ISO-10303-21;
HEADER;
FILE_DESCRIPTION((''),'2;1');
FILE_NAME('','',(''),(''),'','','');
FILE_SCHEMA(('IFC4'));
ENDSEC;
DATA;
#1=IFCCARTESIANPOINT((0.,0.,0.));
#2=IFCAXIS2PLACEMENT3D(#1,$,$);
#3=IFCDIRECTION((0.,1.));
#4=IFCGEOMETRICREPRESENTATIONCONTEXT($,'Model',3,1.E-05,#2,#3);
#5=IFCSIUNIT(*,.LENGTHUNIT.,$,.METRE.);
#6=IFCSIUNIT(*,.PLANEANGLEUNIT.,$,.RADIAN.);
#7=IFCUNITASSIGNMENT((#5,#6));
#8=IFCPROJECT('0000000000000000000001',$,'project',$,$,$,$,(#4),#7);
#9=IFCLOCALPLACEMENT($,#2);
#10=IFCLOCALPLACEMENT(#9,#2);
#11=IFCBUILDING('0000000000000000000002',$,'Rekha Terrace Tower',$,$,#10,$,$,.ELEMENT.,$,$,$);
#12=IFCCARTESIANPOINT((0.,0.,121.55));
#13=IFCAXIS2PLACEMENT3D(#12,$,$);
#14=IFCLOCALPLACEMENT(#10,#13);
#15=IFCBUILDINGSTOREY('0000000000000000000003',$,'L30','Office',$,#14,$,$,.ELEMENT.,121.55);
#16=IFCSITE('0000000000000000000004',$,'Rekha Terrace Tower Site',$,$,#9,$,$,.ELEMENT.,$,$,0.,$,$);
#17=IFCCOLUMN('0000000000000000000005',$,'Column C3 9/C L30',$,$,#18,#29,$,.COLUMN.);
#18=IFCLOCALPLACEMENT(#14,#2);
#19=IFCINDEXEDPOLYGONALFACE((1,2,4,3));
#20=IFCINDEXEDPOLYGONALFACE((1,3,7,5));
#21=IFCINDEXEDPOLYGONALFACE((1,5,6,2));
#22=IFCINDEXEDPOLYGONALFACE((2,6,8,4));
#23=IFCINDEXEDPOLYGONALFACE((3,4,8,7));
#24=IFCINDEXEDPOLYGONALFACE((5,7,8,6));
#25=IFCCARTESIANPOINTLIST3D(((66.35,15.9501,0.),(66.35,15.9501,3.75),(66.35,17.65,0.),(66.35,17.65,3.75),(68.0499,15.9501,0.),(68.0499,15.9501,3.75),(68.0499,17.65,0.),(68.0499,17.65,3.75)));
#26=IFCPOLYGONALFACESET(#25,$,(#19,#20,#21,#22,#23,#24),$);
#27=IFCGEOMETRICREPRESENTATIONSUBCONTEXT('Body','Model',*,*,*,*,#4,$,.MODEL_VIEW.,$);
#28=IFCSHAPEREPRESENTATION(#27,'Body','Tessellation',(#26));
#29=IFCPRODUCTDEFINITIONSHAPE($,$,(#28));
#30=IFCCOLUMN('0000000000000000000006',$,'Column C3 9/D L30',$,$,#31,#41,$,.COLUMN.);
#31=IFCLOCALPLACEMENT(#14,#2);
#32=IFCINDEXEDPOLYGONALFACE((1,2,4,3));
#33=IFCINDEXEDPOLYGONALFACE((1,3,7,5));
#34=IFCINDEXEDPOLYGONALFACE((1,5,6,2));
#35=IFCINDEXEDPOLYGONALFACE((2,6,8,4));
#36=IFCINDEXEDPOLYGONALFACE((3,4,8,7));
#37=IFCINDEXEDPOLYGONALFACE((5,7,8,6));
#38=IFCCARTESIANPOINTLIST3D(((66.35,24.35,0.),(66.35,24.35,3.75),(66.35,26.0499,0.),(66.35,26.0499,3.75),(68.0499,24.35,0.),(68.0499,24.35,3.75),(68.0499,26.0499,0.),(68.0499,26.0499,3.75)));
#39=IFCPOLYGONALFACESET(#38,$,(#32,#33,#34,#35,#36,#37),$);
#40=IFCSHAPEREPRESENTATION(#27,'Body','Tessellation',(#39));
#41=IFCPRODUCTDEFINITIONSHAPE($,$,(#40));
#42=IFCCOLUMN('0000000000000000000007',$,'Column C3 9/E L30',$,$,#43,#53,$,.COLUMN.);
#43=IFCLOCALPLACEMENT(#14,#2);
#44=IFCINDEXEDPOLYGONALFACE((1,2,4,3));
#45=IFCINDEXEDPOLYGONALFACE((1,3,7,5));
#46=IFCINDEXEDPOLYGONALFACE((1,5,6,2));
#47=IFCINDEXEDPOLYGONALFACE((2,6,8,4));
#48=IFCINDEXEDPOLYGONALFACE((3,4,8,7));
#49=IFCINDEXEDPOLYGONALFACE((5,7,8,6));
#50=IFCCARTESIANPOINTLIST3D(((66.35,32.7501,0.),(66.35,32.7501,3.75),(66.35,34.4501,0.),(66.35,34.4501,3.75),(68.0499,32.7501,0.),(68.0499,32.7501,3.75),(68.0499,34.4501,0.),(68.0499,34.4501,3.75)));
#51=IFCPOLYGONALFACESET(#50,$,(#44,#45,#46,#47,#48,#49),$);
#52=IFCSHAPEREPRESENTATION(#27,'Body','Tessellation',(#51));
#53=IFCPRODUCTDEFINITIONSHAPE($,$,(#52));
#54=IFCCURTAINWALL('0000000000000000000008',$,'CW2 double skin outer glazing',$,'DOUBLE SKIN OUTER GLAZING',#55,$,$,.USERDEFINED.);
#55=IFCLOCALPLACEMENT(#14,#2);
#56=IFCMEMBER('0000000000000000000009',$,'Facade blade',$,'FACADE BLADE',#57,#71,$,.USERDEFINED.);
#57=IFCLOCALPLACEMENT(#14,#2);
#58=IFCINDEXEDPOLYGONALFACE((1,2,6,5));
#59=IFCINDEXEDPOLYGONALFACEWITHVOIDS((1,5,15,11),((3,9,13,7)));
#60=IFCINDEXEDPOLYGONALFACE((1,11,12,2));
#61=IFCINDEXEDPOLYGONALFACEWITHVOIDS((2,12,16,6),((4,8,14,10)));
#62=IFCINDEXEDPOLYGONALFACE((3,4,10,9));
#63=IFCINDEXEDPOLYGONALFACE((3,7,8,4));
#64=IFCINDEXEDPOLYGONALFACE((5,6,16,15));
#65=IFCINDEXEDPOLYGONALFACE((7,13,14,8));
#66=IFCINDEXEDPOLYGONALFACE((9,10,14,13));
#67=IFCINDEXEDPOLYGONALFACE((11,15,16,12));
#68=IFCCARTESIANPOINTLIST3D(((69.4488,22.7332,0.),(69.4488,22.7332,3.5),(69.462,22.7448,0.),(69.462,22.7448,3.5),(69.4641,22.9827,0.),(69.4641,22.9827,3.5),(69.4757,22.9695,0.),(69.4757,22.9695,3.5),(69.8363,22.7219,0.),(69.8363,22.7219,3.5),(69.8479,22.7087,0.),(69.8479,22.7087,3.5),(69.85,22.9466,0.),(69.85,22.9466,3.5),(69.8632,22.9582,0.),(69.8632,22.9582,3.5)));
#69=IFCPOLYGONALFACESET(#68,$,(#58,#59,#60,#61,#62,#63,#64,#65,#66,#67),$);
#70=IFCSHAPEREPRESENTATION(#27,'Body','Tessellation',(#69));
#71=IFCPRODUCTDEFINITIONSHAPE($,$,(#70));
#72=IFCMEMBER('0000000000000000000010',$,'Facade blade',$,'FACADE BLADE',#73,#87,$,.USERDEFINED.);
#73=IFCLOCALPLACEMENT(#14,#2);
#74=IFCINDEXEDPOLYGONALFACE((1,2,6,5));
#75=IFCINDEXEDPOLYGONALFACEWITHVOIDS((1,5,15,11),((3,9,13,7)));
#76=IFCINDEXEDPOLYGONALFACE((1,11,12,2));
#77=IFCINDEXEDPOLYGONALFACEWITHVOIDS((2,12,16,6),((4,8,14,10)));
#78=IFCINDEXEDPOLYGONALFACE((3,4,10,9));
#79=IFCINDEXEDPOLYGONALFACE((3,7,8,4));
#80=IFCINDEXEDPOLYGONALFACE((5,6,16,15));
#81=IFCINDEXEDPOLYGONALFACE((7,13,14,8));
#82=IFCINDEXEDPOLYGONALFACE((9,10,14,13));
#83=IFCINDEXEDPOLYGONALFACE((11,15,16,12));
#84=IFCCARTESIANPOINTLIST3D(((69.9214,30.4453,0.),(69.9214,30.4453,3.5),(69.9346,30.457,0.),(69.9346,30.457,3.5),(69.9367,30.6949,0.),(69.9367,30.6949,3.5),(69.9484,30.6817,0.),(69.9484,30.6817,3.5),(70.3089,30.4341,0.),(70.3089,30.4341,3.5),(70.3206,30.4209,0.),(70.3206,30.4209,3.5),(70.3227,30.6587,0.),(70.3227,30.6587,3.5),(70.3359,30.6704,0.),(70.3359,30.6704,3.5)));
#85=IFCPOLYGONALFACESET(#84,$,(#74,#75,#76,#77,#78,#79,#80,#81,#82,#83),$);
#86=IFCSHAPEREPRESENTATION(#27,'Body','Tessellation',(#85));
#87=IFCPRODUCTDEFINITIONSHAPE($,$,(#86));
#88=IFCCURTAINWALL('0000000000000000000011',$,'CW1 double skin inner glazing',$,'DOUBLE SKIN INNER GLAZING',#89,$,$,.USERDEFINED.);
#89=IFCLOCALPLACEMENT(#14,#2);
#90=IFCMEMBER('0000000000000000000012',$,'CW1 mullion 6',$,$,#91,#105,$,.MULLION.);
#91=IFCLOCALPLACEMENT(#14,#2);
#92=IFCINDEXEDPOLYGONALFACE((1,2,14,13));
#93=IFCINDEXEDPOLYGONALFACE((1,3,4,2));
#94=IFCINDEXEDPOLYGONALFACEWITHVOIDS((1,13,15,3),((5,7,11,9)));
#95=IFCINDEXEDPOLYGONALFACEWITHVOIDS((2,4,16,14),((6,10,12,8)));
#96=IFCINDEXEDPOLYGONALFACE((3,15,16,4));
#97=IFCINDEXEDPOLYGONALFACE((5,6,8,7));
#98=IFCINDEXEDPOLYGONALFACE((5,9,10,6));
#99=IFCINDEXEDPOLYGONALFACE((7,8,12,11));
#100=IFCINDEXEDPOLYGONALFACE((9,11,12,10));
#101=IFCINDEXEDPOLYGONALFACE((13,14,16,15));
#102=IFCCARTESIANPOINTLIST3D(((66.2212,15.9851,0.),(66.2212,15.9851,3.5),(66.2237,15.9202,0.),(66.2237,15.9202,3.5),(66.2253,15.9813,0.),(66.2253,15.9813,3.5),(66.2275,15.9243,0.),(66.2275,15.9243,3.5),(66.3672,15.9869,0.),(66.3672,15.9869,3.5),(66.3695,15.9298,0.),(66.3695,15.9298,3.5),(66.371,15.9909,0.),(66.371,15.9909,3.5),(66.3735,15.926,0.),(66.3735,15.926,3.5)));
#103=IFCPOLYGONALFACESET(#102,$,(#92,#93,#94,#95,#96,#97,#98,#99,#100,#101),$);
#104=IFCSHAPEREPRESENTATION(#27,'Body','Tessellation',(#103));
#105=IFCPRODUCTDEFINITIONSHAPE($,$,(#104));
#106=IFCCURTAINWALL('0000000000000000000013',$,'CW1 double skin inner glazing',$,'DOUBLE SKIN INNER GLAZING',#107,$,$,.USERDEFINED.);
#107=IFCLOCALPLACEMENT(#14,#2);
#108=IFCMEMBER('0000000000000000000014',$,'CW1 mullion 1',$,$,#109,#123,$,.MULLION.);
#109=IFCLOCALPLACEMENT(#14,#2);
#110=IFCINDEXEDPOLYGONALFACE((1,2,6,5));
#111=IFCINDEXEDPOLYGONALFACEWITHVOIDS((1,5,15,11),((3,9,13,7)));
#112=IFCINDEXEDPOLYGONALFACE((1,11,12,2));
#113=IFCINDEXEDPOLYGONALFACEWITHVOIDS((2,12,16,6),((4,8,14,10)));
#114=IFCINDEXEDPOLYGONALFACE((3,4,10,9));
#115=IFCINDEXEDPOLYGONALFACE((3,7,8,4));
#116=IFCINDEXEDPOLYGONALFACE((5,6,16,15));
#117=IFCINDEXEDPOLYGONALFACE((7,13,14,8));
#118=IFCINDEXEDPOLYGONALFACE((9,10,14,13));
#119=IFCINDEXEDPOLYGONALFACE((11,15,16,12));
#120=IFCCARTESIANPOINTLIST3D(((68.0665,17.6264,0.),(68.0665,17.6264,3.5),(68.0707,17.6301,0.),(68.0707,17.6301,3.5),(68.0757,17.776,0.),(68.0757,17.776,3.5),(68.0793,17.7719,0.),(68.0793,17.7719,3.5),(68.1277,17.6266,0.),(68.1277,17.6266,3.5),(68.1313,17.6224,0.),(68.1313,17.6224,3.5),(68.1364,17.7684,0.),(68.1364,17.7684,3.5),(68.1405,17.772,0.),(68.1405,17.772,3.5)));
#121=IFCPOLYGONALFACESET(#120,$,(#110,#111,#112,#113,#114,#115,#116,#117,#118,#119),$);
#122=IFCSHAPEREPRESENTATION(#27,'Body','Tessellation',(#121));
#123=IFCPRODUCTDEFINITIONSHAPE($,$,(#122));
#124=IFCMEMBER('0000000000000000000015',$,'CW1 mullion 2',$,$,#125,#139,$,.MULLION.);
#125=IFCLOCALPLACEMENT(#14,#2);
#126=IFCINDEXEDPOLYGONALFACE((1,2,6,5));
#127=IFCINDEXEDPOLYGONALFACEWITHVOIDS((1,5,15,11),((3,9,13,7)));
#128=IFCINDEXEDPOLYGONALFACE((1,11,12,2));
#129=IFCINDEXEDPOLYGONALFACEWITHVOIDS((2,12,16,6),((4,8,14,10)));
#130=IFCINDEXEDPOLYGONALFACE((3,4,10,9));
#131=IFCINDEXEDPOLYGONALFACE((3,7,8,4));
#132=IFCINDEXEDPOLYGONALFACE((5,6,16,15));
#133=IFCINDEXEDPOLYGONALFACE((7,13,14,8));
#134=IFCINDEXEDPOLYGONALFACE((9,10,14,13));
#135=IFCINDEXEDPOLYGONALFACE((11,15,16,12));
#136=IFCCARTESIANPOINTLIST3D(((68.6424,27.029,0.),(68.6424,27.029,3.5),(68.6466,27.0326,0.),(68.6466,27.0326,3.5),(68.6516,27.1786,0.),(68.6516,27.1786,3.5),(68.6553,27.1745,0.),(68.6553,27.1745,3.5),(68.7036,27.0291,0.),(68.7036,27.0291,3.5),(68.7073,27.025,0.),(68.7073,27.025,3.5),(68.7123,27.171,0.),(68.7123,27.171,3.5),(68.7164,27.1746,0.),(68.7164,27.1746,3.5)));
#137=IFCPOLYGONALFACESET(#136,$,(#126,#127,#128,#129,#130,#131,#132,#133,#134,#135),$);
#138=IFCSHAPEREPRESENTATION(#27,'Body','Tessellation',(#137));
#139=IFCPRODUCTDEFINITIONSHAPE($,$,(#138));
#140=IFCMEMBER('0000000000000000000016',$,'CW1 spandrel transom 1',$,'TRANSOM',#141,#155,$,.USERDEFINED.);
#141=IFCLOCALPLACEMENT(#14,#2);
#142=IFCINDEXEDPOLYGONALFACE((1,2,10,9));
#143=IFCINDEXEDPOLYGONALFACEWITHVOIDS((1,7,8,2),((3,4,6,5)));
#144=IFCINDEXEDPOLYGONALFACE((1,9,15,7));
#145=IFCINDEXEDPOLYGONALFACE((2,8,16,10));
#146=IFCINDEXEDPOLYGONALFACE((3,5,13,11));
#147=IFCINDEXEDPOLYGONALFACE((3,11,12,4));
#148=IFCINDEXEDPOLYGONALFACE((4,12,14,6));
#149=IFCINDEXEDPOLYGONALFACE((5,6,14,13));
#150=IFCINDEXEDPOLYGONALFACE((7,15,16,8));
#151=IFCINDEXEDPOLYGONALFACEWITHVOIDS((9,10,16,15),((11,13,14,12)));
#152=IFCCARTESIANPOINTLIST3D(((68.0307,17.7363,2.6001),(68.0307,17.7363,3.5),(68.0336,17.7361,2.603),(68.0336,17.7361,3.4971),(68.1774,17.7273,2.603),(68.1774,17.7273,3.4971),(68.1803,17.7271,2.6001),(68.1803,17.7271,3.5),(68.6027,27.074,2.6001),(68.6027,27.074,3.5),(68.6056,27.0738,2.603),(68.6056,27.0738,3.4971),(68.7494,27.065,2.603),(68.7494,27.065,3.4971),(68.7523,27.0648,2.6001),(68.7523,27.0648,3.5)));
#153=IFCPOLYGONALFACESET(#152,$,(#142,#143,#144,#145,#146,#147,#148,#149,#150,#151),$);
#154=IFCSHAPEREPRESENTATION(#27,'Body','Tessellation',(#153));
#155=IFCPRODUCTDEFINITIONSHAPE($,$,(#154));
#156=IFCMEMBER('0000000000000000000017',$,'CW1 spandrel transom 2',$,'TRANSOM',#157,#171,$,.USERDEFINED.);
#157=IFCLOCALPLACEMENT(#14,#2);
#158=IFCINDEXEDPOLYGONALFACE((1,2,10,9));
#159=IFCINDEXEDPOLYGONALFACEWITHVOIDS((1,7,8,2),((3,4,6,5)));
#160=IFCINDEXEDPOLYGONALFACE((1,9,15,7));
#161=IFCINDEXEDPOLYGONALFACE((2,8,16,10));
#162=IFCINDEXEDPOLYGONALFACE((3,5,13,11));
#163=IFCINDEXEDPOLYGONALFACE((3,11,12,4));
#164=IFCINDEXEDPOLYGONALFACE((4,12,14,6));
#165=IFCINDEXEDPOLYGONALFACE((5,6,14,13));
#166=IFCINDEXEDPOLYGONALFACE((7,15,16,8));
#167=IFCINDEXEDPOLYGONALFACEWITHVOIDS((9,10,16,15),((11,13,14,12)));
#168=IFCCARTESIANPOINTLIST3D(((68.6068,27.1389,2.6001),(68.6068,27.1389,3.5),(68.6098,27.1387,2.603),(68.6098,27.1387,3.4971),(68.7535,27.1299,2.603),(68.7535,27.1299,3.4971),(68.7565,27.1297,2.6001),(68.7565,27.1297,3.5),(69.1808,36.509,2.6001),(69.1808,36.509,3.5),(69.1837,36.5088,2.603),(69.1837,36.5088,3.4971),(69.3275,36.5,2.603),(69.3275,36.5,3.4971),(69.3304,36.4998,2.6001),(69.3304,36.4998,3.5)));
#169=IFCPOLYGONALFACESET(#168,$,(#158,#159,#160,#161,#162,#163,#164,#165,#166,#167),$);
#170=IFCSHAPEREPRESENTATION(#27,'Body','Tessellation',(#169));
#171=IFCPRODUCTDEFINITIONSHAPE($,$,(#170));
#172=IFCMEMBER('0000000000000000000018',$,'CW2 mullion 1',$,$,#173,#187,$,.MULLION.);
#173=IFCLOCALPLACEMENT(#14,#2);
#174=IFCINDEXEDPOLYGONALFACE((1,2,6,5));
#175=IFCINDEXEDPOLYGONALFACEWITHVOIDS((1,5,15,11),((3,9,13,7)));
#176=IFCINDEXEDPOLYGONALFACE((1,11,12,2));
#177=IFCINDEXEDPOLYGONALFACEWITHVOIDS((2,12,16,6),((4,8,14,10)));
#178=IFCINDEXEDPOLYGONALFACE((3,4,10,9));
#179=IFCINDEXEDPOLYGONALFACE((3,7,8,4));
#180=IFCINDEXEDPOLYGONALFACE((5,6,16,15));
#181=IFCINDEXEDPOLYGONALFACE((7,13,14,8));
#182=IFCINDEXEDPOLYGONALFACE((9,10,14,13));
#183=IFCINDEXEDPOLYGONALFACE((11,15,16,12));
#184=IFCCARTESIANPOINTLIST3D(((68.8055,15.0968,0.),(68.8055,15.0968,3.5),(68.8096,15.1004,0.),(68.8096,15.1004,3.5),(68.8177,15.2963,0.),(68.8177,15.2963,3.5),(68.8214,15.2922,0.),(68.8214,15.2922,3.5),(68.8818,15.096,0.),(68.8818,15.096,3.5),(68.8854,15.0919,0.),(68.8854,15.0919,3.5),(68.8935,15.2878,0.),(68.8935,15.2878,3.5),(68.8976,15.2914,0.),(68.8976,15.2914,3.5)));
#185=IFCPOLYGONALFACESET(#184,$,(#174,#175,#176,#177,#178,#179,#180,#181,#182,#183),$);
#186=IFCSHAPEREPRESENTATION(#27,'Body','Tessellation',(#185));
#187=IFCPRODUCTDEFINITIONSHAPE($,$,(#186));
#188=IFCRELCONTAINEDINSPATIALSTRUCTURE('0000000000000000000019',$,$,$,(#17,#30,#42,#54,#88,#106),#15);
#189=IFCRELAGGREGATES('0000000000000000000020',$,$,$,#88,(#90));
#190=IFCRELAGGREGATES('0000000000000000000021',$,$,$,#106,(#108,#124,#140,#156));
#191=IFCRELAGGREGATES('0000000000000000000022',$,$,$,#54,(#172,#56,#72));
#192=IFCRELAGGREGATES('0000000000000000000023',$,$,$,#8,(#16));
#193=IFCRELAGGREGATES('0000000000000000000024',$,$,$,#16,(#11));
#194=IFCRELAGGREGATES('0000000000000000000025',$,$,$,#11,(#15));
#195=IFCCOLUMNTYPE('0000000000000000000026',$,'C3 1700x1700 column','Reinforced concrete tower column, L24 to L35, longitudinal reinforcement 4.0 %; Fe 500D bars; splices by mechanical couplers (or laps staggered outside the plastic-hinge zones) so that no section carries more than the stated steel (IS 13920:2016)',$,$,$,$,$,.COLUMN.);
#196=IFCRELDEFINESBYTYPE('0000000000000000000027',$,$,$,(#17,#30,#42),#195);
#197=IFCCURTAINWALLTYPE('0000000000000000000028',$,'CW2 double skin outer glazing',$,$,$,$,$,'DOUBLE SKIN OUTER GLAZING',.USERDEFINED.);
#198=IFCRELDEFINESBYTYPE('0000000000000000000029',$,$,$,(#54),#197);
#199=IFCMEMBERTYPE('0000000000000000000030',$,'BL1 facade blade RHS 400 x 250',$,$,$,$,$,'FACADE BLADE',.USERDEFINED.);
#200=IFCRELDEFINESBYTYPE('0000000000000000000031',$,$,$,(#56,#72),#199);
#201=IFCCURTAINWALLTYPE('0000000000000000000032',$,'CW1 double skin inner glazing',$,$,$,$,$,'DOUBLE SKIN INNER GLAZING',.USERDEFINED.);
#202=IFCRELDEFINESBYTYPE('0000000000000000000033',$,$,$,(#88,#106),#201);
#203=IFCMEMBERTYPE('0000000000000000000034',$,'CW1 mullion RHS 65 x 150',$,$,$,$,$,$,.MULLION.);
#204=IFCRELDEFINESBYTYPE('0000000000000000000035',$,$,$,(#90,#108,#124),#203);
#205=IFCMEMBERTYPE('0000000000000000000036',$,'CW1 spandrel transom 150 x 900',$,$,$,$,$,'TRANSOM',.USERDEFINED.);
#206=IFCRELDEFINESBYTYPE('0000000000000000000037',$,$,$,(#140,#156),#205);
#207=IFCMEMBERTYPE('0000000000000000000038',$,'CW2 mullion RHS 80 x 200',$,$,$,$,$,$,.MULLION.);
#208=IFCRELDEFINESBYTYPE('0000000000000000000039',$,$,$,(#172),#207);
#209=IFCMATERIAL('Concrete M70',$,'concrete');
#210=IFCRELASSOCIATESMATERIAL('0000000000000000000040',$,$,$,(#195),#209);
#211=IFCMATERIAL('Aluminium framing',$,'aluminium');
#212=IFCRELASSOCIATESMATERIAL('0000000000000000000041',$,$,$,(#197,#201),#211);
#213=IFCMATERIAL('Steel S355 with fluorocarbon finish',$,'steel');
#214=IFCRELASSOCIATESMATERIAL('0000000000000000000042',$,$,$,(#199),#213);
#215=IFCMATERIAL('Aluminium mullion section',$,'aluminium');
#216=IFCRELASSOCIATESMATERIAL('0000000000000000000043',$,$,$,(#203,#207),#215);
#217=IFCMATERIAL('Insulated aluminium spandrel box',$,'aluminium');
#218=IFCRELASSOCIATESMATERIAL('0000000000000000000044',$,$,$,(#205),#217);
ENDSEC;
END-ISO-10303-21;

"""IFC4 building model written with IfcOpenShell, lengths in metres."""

from ifc_helpers import new_model, si_unit, direction, frame, origin, origin_2d, place, context, subcontext, project, spatial, rectangle, hollow_rectangle, extrude, material, material_profile, profile_set, type_object, element, aggregate, save


model = new_model("IFC4")

# Units and contexts
model_context = context("Model", 3, precision=1e-05, world=origin(), true_north=direction((0.0, 1.0)))
body_context = subcontext(model_context, "Body", "Model", "MODEL_VIEW")
ifc_project = project(units=[si_unit("LENGTHUNIT", "METRE"), si_unit("PLANEANGLEUNIT", "RADIAN")], contexts=[model_context])

# Site, building, storey
site_placement = place(None, origin())
site = spatial("IfcSite", under=ifc_project, at=site_placement, Name="Rekha Terrace Tower Site", CompositionType="ELEMENT", RefElevation=0.0)
building_placement = place(site_placement, origin())
building = spatial("IfcBuilding", under=site, at=building_placement, Name="Rekha Terrace Tower", CompositionType="ELEMENT")
storey_placement = place(building_placement, frame((0.0, 0.0, 121.55)))
storey = spatial("IfcBuildingStorey", under=building, at=storey_placement, Name="L30", Description="Office", CompositionType="ELEMENT", Elevation=121.55)

# Columns
ifc_material_1 = material(Name="Concrete M70", Category="concrete")
ifc_material_profile_1 = material_profile(ifc_material_1, rectangle(XDim=1.7, YDim=1.7, at=origin_2d()), Name="RC 1700x1700")
ifc_profile_set_1 = profile_set([ifc_material_profile_1], Name="Concrete M70")
column_type = type_object("IfcColumnType", Name="C3 1700x1700 column", Description="Reinforced concrete tower column, L24 to L35, longitudinal reinforcement 4.0 %; Fe 500D bars; splices by mechanical couplers (or laps staggered outside the plastic-hinge zones) so that no section carries more than the stated steel (IS 13920:2016)", PredefinedType="COLUMN", material=ifc_profile_set_1)
for number, where, z_axis, x_axis, name in (
    (1, (67.2, 16.8, 0.0), (0.0, 0.0, 1.0), (1.0, 0.0, 0.0), "Column C3 9/C L30"),
    (2, (67.2, 25.2, 0.0), (0.0, 0.0, 1.0), (1.0, 0.0, 0.0), "Column C3 9/D L30"),
    (3, (67.2, 33.6001, 0.0), (0.0, 0.0, 1.0), (1.0, 0.0, 0.0), "Column C3 9/E L30"),
):
    element("IfcColumn", number, at=place(storey_placement, frame(where, z_axis=z_axis, x_axis=x_axis)), inside=storey, type_object=column_type, Name=name, PredefinedType="COLUMN", context=body_context, shape_type="SweptSolid", body=[
        extrude(rectangle(XDim=1.7, YDim=1.7, at=origin_2d()), origin(), (0.0, 0.0, 1.0), 3.75),
    ])

# Curtain wall, members
ifc_material_2 = material(Name="Aluminium framing", Category="aluminium")
curtain_wall_type_1 = type_object("IfcCurtainWallType", Name="CW2 double skin outer glazing", ElementType="DOUBLE SKIN OUTER GLAZING", PredefinedType="USERDEFINED", material=ifc_material_2)
curtain_wall_1_placement = place(storey_placement, origin())
curtain_wall_1 = element("IfcCurtainWall", 4, at=curtain_wall_1_placement, inside=storey, type_object=curtain_wall_type_1, Name="CW2 double skin outer glazing", ObjectType="DOUBLE SKIN OUTER GLAZING", PredefinedType="USERDEFINED")
ifc_material_3 = material(Name="Steel S355 with fluorocarbon finish", Category="steel")
ifc_material_profile_2 = material_profile(ifc_material_3, hollow_rectangle(XDim=0.25, YDim=0.3999, WallThickness=0.0125, at=origin_2d()), Name="RHS400x250x12.5")
ifc_profile_set_2 = profile_set([ifc_material_profile_2], Name="Steel S355 with fluorocarbon finish")
member_type_1 = type_object("IfcMemberType", Name="BL1 facade blade RHS 400 x 250", ElementType="FACADE BLADE", PredefinedType="USERDEFINED", material=ifc_profile_set_2)
member_1_placement = place(storey_placement, frame((69.656, 22.8457, 0.0), z_axis=(0.0, 0.0, 1.0), x_axis=(0.06116, 0.998128, 0.0)))
member_1 = element("IfcMember", 5, at=member_1_placement, type_object=member_type_1, Name="Facade blade", ObjectType="FACADE BLADE", PredefinedType="USERDEFINED", context=body_context, shape_type="SweptSolid", body=[
    extrude(hollow_rectangle(XDim=0.25, YDim=0.3999, WallThickness=0.0125, at=origin_2d()), origin(), (0.0, 0.0, 1.0), 3.5),
])
member_2_placement = place(storey_placement, frame((70.1287, 30.5579, 0.0), z_axis=(0.0, 0.0, 1.0), x_axis=(0.06116, 0.998128, 0.0)))
member_2 = element("IfcMember", 6, at=member_2_placement, type_object=member_type_1, Name="Facade blade", ObjectType="FACADE BLADE", PredefinedType="USERDEFINED", context=body_context, shape_type="SweptSolid", body=[
    extrude(hollow_rectangle(XDim=0.25, YDim=0.3999, WallThickness=0.0125, at=origin_2d()), origin(), (0.0, 0.0, 1.0), 3.5),
])

# Curtain wall, member
curtain_wall_type_2 = type_object("IfcCurtainWallType", Name="CW1 double skin inner glazing", ElementType="DOUBLE SKIN INNER GLAZING", PredefinedType="USERDEFINED", material=ifc_material_2)
curtain_wall_2_placement = place(storey_placement, origin())
curtain_wall_2 = element("IfcCurtainWall", 7, at=curtain_wall_2_placement, inside=storey, type_object=curtain_wall_type_2, Name="CW1 double skin inner glazing", ObjectType="DOUBLE SKIN INNER GLAZING", PredefinedType="USERDEFINED")
ifc_material_4 = material(Name="Aluminium mullion section", Category="aluminium")
ifc_material_profile_3 = material_profile(ifc_material_4, hollow_rectangle(XDim=0.0649, YDim=0.1499, WallThickness=0.0039, at=origin_2d()), Name="AL RHS 65x150")
ifc_profile_set_3 = profile_set([ifc_material_profile_3], Name="Aluminium mullion section")
member_type_2 = type_object("IfcMemberType", Name="CW1 mullion RHS 65 x 150", PredefinedType="MULLION", material=ifc_profile_set_3)
member_3_placement = place(storey_placement, frame((66.2974, 15.9556, 0.0), z_axis=(0.0, 0.0, 1.0), x_axis=(-0.03889, 0.999243, 0.0)))
member_3 = element("IfcMember", 8, at=member_3_placement, type_object=member_type_2, Name="CW1 mullion 6", PredefinedType="MULLION", context=body_context, shape_type="SweptSolid", body=[
    extrude(hollow_rectangle(XDim=0.0649, YDim=0.1499, WallThickness=0.0039, at=origin_2d()), origin(), (0.0, 0.0, 1.0), 3.5),
])

# Curtain wall, members
curtain_wall_3_placement = place(storey_placement, origin())
curtain_wall_3 = element("IfcCurtainWall", 9, at=curtain_wall_3_placement, inside=storey, type_object=curtain_wall_type_2, Name="CW1 double skin inner glazing", ObjectType="DOUBLE SKIN INNER GLAZING", PredefinedType="USERDEFINED")
member_4_placement = place(storey_placement, frame((68.1035, 17.6992, 0.0), z_axis=(0.0, 0.0, 1.0), x_axis=(-0.998128, 0.06116, 0.0)))
member_4 = element("IfcMember", 10, at=member_4_placement, type_object=member_type_2, Name="CW1 mullion 1", PredefinedType="MULLION", context=body_context, shape_type="SweptSolid", body=[
    extrude(hollow_rectangle(XDim=0.0649, YDim=0.1499, WallThickness=0.0039, at=origin_2d()), origin(), (0.0, 0.0, 1.0), 3.5),
])
member_5_placement = place(storey_placement, frame((68.6794, 27.1018, 0.0), z_axis=(0.0, 0.0, 1.0), x_axis=(-0.998128, 0.06116, 0.0)))
member_5 = element("IfcMember", 11, at=member_5_placement, type_object=member_type_2, Name="CW1 mullion 2", PredefinedType="MULLION", context=body_context, shape_type="SweptSolid", body=[
    extrude(hollow_rectangle(XDim=0.0649, YDim=0.1499, WallThickness=0.0039, at=origin_2d()), origin(), (0.0, 0.0, 1.0), 3.5),
])
ifc_material_5 = material(Name="Insulated aluminium spandrel box", Category="aluminium")
ifc_material_profile_4 = material_profile(ifc_material_5, hollow_rectangle(XDim=0.1499, YDim=0.8999, WallThickness=0.0029, at=origin_2d()), Name="AL SPANDREL BOX 150x900")
ifc_profile_set_4 = profile_set([ifc_material_profile_4], Name="Insulated aluminium spandrel box")
member_type_3 = type_object("IfcMemberType", Name="CW1 spandrel transom 150 x 900", ElementType="TRANSOM", PredefinedType="USERDEFINED", material=ifc_profile_set_4)
member_6_placement = place(storey_placement, frame((68.1055, 17.7317, 3.05), z_axis=(0.061145, 0.998129, 0.0), x_axis=(-0.998129, 0.061145, 0.0)))
member_6 = element("IfcMember", 12, at=member_6_placement, type_object=member_type_3, Name="CW1 spandrel transom 1", ObjectType="TRANSOM", PredefinedType="USERDEFINED", context=body_context, shape_type="SweptSolid", body=[
    extrude(hollow_rectangle(XDim=0.1499, YDim=0.8999, WallThickness=0.0029, at=origin_2d()), origin(), (0.0, 0.0, 1.0), 9.3552),
])
member_7_placement = place(storey_placement, frame((68.6816, 27.1343, 3.05), z_axis=(0.061141, 0.998129, 0.0), x_axis=(-0.998129, 0.061141, 0.0)))
member_7 = element("IfcMember", 13, at=member_7_placement, type_object=member_type_3, Name="CW1 spandrel transom 2", ObjectType="TRANSOM", PredefinedType="USERDEFINED", context=body_context, shape_type="SweptSolid", body=[
    extrude(hollow_rectangle(XDim=0.1499, YDim=0.8999, WallThickness=0.0029, at=origin_2d()), origin(), (0.0, 0.0, 1.0), 9.3877),
])

# Member
ifc_material_profile_5 = material_profile(ifc_material_4, hollow_rectangle(XDim=0.0801, YDim=0.2, WallThickness=0.0039, at=origin_2d()), Name="AL RHS 80x200")
ifc_profile_set_5 = profile_set([ifc_material_profile_5], Name="Aluminium mullion section")
member_type_4 = type_object("IfcMemberType", Name="CW2 mullion RHS 80 x 200", PredefinedType="MULLION", material=ifc_profile_set_5)
member_8_placement = place(storey_placement, frame((68.8516, 15.1941, 0.0), z_axis=(0.0, 0.0, 1.0), x_axis=(-0.998128, 0.06116, 0.0)))
member_8 = element("IfcMember", 14, at=member_8_placement, type_object=member_type_4, Name="CW2 mullion 1", PredefinedType="MULLION", context=body_context, shape_type="SweptSolid", body=[
    extrude(hollow_rectangle(XDim=0.0801, YDim=0.2, WallThickness=0.0039, at=origin_2d()), origin(), (0.0, 0.0, 1.0), 3.5),
])

aggregate(curtain_wall_2, [member_3])
aggregate(curtain_wall_3, [member_4, member_5, member_6, member_7])
aggregate(curtain_wall_1, [member_8, member_1, member_2])

save(model, "model.ifc")
